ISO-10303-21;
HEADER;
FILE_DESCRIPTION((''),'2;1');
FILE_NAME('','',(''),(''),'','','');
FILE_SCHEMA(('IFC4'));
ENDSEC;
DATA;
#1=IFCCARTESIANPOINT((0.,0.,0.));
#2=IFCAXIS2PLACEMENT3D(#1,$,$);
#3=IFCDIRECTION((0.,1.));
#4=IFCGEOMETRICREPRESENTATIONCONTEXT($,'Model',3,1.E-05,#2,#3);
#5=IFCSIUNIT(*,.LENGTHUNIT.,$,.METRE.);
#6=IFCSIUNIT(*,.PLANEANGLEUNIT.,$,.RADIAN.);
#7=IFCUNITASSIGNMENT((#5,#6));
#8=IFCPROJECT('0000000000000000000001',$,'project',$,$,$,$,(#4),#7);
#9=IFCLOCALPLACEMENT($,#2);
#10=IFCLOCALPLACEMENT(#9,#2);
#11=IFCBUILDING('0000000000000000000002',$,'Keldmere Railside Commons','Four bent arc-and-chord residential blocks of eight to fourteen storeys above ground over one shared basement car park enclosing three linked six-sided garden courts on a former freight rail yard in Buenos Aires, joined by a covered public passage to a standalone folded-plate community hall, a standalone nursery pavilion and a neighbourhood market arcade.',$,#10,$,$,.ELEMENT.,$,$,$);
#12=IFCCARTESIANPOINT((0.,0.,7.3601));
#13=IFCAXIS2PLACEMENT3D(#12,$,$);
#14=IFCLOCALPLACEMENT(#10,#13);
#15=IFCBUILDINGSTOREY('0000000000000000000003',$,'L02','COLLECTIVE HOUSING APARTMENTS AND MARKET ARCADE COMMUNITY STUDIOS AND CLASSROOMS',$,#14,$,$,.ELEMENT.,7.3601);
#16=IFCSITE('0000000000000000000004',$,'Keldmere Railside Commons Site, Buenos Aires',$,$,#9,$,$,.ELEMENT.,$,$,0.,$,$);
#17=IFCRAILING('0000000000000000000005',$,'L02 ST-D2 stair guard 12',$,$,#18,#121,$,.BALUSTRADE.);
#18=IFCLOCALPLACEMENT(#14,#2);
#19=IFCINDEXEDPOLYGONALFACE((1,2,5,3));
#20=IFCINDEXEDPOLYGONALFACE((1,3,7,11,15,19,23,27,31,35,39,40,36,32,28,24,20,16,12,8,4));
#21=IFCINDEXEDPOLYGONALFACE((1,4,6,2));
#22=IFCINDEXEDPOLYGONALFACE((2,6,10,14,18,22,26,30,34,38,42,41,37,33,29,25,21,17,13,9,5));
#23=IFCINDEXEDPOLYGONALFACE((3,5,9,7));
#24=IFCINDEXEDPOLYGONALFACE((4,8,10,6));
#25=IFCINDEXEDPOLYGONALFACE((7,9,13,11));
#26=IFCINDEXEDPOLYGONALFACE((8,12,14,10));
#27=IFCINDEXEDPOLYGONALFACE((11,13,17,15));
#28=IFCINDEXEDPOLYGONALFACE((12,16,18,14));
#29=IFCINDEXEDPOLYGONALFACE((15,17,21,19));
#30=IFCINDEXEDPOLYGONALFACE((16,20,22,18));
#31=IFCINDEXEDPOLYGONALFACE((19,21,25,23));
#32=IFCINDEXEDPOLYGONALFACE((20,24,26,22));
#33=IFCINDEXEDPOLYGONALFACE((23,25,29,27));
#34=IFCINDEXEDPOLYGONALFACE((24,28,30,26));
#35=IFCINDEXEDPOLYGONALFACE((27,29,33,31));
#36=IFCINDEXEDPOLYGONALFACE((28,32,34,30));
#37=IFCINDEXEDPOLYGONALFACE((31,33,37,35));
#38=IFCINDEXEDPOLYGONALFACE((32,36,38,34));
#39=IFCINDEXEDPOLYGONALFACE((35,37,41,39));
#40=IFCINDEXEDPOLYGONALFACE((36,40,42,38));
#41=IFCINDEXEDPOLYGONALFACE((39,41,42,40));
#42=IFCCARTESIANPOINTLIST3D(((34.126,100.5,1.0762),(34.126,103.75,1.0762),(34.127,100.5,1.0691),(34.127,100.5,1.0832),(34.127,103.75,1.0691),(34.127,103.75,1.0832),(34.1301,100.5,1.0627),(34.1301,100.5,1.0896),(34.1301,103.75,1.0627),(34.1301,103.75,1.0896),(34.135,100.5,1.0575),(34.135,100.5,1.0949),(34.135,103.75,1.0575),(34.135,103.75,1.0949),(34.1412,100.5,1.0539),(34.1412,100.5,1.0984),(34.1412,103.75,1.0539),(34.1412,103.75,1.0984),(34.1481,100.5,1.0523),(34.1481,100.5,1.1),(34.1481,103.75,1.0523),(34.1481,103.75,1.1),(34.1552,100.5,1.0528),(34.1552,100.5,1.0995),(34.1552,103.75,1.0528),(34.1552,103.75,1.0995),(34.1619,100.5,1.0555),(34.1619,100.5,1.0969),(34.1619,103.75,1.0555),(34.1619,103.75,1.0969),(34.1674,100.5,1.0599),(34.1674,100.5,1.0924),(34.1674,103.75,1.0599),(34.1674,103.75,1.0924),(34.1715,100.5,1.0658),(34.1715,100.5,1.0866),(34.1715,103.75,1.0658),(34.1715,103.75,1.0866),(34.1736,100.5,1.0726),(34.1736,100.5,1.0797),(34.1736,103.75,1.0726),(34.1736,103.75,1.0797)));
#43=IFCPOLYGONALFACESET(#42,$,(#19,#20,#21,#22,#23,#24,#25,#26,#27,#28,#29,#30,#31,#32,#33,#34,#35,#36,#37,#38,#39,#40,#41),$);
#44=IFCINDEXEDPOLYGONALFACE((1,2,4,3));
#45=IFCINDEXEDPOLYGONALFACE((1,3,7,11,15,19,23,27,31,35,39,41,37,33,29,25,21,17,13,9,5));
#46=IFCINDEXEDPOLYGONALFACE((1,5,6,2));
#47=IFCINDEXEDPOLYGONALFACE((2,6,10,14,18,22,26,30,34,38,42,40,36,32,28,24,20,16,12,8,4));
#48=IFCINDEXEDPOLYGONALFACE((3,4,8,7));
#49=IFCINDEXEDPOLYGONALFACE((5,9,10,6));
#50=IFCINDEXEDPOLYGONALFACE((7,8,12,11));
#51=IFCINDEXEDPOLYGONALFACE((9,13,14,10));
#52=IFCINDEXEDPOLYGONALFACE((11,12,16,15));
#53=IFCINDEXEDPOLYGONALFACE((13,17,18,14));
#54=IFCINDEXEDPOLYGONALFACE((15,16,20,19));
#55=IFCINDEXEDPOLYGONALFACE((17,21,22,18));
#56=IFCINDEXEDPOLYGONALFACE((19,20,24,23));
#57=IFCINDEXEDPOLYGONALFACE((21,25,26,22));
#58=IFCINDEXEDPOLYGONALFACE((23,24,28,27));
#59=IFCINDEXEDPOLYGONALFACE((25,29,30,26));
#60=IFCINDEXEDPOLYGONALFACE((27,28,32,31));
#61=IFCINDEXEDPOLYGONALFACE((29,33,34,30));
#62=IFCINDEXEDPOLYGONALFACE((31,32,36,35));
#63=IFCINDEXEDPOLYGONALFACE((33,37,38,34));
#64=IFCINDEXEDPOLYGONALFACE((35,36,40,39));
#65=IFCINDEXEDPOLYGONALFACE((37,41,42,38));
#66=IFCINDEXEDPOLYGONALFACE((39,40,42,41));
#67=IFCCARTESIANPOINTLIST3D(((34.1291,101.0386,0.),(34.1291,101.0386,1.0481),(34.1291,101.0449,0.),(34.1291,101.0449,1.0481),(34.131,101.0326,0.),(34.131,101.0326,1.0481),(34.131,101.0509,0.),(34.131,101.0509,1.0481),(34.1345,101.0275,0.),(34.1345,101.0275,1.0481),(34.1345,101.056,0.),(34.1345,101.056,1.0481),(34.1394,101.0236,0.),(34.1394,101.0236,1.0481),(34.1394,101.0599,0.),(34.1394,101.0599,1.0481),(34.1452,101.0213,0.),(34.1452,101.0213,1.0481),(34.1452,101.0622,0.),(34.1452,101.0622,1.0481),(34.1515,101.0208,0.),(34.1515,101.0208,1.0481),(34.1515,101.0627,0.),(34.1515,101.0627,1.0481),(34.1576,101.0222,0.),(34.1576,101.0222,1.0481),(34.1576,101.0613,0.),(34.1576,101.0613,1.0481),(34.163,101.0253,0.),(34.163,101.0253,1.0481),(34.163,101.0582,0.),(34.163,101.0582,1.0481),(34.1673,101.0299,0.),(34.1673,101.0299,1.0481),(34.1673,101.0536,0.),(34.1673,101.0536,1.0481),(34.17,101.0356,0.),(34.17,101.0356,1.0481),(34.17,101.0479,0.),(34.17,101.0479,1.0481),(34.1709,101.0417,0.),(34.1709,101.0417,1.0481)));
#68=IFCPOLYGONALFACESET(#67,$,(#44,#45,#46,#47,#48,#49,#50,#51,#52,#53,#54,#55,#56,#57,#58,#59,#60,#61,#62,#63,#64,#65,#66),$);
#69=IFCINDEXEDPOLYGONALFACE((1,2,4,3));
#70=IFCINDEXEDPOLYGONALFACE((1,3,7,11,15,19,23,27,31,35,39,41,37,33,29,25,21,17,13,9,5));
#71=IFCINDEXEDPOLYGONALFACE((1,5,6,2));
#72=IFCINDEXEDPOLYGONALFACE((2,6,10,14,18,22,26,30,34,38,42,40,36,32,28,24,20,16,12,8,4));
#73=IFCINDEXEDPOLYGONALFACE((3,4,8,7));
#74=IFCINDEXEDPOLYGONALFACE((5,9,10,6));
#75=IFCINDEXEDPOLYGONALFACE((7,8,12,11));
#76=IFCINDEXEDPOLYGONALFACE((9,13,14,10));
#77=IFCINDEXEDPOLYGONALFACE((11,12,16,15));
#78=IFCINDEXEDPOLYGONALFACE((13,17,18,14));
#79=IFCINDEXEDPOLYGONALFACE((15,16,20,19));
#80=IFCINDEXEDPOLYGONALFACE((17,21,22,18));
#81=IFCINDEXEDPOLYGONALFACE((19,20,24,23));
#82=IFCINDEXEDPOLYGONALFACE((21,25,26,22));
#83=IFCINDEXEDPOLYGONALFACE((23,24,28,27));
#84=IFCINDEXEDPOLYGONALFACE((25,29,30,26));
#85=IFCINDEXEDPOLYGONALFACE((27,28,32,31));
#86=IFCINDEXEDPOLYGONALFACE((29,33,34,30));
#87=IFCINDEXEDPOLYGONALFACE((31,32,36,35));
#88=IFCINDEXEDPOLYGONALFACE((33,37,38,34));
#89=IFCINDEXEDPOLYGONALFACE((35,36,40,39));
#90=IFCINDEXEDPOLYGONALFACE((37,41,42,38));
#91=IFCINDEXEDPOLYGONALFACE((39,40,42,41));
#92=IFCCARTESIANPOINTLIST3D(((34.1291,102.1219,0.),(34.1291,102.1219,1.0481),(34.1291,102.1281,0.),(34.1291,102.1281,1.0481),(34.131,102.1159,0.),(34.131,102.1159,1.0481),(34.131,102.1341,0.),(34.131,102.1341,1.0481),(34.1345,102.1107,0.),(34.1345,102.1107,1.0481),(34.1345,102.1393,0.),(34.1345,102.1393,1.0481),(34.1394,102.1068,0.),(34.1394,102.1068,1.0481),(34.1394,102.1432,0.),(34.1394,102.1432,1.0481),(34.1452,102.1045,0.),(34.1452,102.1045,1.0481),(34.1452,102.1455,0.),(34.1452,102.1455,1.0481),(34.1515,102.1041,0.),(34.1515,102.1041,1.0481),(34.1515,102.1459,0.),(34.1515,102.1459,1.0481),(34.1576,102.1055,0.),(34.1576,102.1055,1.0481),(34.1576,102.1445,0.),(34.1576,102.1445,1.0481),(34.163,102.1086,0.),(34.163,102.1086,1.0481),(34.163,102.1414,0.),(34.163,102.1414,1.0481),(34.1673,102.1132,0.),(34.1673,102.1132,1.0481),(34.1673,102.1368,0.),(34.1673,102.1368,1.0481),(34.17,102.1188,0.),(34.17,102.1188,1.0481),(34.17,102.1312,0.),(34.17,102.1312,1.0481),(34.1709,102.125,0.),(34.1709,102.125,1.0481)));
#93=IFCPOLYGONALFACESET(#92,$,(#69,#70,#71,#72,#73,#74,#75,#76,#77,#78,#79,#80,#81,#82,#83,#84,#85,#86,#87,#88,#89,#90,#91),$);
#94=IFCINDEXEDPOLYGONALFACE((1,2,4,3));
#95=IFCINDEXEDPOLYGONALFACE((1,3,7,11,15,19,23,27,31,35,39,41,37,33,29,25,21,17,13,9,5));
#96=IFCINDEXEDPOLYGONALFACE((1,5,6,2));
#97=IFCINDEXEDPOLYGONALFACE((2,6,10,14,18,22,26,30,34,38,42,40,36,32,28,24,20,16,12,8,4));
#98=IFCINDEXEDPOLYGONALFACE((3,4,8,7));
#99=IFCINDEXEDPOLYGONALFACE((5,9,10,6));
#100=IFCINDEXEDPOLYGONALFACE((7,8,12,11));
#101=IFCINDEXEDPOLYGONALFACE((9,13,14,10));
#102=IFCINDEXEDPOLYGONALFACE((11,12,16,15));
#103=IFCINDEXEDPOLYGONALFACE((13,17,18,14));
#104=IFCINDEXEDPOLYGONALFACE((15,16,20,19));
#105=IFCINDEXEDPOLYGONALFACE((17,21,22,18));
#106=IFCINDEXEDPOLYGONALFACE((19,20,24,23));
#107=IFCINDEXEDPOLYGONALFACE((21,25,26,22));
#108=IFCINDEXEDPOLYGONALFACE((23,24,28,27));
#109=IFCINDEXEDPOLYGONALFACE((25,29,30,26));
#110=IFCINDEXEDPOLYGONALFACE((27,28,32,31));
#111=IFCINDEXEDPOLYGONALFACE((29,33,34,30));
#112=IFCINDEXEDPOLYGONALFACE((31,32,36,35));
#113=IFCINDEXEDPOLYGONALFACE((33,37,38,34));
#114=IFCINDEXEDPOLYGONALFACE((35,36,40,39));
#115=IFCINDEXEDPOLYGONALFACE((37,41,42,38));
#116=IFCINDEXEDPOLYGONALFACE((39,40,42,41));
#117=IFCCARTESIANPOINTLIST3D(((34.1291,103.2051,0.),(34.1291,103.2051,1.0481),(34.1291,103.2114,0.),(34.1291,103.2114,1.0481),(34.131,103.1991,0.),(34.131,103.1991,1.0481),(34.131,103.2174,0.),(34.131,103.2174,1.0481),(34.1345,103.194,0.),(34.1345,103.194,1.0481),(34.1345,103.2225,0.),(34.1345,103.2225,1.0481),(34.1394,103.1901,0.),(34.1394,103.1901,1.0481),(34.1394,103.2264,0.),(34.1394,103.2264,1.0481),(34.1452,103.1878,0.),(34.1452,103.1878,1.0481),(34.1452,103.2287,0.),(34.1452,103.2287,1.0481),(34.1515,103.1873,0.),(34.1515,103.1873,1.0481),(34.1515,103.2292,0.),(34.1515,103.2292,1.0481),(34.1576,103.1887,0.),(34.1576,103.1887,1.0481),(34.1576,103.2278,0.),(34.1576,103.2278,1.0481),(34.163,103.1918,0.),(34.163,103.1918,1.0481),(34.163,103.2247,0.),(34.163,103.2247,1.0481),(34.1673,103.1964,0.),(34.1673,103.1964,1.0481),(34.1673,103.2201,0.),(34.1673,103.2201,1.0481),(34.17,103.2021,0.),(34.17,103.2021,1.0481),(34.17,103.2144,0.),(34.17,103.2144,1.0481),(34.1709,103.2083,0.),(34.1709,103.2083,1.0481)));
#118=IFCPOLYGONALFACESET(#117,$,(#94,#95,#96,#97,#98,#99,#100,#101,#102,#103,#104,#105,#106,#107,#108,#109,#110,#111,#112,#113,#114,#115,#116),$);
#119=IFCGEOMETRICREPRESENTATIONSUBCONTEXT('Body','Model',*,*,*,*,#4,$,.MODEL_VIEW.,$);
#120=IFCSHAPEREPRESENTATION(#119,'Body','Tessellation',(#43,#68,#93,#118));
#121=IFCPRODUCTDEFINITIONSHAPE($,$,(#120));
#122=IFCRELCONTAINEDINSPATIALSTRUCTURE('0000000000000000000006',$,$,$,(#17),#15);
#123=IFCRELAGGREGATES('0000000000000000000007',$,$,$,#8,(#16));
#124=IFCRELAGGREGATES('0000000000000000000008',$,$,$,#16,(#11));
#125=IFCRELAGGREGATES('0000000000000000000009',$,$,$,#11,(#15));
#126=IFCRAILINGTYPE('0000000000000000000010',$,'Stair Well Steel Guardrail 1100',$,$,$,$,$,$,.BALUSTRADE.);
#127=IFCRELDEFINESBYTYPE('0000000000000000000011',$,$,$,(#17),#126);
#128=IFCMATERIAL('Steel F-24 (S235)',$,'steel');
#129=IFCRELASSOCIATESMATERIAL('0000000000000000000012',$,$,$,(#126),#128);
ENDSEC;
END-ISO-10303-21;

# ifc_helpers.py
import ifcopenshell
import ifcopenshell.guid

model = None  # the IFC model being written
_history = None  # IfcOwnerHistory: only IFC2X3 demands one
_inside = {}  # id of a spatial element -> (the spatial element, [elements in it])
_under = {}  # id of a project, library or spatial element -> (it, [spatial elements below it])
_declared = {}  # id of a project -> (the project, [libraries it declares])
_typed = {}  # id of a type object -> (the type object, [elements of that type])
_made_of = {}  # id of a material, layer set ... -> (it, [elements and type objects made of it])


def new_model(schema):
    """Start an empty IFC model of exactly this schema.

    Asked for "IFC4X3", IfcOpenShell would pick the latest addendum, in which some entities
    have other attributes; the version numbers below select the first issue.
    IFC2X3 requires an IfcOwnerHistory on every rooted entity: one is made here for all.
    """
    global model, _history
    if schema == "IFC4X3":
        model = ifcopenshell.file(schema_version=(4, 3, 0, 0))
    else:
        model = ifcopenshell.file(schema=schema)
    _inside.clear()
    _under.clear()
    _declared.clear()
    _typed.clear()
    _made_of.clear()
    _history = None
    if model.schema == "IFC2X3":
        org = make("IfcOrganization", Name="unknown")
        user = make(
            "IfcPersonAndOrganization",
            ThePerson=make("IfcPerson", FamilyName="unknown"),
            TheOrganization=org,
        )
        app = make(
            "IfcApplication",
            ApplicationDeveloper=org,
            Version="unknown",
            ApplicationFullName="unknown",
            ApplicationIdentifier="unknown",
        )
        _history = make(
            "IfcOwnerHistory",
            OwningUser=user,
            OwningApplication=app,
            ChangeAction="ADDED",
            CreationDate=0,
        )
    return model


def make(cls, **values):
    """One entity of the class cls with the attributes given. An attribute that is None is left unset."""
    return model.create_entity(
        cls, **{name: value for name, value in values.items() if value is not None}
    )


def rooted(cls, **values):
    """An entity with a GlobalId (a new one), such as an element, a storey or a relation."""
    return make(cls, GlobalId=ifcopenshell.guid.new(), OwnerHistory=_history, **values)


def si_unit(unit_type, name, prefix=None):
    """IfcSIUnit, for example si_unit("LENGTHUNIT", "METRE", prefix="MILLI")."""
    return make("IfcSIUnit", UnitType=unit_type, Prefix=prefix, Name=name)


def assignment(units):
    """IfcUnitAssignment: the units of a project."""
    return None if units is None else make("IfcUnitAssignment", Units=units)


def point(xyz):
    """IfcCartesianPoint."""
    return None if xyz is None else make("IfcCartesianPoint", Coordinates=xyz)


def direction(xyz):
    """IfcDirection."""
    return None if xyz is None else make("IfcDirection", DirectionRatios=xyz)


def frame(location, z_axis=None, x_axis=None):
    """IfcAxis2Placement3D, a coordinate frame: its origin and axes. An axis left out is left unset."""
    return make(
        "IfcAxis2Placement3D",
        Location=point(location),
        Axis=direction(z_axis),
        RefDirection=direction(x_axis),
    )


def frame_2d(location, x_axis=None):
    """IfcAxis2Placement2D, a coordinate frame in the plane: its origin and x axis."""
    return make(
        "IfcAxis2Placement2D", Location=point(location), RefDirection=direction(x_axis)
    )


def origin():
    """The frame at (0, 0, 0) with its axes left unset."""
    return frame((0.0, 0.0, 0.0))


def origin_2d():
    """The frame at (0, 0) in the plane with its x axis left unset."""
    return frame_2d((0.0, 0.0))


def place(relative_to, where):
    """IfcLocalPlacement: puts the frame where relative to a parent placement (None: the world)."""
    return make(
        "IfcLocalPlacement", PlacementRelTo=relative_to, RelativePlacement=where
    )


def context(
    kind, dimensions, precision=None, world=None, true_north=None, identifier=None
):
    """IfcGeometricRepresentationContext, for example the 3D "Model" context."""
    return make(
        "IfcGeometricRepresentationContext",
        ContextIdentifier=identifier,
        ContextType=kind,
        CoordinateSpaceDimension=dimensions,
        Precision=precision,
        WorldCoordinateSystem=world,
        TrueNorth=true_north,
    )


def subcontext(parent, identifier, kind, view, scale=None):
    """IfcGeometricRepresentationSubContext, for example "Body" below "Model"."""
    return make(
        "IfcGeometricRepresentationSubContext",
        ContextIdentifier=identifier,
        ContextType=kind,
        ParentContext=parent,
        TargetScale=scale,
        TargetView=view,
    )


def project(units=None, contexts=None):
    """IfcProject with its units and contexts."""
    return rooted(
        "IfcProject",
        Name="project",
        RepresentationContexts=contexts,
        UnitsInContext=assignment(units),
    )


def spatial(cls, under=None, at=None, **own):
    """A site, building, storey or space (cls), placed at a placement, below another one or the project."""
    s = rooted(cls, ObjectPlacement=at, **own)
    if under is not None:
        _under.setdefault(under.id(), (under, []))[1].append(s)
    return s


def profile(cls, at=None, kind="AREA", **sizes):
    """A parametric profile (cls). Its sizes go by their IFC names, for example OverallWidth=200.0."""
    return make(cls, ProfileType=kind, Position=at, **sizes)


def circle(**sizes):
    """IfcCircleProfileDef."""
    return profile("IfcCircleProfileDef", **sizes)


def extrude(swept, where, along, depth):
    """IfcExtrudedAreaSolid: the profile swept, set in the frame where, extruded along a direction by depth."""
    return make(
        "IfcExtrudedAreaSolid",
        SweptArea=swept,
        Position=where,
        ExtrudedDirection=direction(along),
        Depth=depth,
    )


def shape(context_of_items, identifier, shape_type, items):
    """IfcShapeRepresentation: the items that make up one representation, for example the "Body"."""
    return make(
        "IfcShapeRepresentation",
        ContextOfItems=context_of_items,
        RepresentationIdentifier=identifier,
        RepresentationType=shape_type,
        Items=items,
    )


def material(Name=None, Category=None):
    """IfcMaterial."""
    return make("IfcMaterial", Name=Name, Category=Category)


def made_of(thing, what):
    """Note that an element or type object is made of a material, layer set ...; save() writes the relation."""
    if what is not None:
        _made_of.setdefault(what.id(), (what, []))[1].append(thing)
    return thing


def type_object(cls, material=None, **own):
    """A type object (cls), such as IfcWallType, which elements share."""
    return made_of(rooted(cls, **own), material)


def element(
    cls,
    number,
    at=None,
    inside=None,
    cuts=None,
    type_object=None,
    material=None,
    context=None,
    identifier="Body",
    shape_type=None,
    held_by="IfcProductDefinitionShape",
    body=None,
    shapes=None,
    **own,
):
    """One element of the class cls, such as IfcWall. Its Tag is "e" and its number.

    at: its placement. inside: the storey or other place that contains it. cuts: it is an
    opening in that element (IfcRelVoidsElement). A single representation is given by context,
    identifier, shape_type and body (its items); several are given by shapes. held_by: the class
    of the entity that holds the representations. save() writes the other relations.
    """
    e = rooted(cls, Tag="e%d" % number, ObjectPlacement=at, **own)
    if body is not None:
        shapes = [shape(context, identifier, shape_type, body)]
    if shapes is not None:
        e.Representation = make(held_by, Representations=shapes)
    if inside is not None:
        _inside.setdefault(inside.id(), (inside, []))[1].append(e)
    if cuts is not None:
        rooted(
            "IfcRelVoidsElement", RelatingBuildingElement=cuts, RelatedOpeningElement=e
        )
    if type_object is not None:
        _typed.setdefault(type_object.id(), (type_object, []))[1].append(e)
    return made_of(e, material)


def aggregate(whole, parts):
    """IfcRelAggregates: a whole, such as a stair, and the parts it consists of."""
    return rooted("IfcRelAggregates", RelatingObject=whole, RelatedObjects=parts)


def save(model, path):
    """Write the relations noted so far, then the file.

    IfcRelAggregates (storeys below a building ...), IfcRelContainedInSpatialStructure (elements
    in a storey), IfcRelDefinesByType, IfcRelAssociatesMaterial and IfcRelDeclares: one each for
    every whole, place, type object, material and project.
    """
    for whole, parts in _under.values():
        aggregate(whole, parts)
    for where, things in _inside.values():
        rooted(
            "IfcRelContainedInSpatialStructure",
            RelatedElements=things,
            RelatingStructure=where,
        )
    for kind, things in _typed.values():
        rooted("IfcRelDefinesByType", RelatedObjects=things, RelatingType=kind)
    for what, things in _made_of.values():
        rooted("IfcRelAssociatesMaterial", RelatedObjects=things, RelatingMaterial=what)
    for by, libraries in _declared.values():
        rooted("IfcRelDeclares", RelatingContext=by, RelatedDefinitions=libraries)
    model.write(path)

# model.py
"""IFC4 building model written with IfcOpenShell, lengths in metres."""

from ifc_helpers import new_model, si_unit, direction, frame, origin, origin_2d, place, context, subcontext, project, spatial, circle, extrude, material, type_object, element, save


model = new_model("IFC4")

# Units and contexts
model_context = context("Model", 3, precision=1e-05, world=origin(), true_north=direction((0.0, 1.0)))
body_context = subcontext(model_context, "Body", "Model", "MODEL_VIEW")
ifc_project = project(units=[si_unit("LENGTHUNIT", "METRE"), si_unit("PLANEANGLEUNIT", "RADIAN")], contexts=[model_context])

# Site, building, storey
site_placement = place(None, origin())
site = spatial("IfcSite", under=ifc_project, at=site_placement, Name="Keldmere Railside Commons Site, Buenos Aires", CompositionType="ELEMENT", RefElevation=0.0)
building_placement = place(site_placement, origin())
building = spatial("IfcBuilding", under=site, at=building_placement, Name="Keldmere Railside Commons", Description="Four bent arc-and-chord residential blocks of eight to fourteen storeys above ground over one shared basement car park enclosing three linked six-sided garden courts on a former freight rail yard in Buenos Aires, joined by a covered public passage to a standalone folded-plate community hall, a standalone nursery pavilion and a neighbourhood market arcade.", CompositionType="ELEMENT")
storey_placement = place(building_placement, frame((0.0, 0.0, 7.3601)))
storey = spatial("IfcBuildingStorey", under=building, at=storey_placement, Name="L02", Description="COLLECTIVE HOUSING APARTMENTS AND MARKET ARCADE COMMUNITY STUDIOS AND CLASSROOMS", CompositionType="ELEMENT", Elevation=7.3601)

# Shared definitions
ifc_material_1 = material(Name="Steel F-24 (S235)", Category="steel")

# Railing
railing_type_1 = type_object("IfcRailingType", Name="Stair Well Steel Guardrail 1100", PredefinedType="BALUSTRADE", material=ifc_material_1)
railing_1_placement = place(storey_placement, frame((34.1499, 100.5, 0.0)))
element("IfcRailing", 1, at=railing_1_placement, inside=storey, type_object=railing_type_1, Name="L02 ST-D2 stair guard 12", PredefinedType="BALUSTRADE", context=body_context, shape_type="SweptSolid", body=[
    extrude(circle(Radius=0.0239, at=origin_2d()), frame((0.0, 0.0, 1.0762), z_axis=(0.0, 1.0, 0.0), x_axis=(-1.0, 0.0, 0.0)), (0.0, 0.0, 1.0), 3.25),
    extrude(circle(Radius=0.021, at=origin_2d()), frame((0.0, 0.5417, 0.0)), (0.0, 0.0, 1.0), 1.0481),
    extrude(circle(Radius=0.021, at=origin_2d()), frame((0.0, 1.625, 0.0)), (0.0, 0.0, 1.0), 1.0481),
    extrude(circle(Radius=0.021, at=origin_2d()), frame((0.0, 2.7083, 0.0)), (0.0, 0.0, 1.0), 1.0481),
])

save(model, "model.ifc")
